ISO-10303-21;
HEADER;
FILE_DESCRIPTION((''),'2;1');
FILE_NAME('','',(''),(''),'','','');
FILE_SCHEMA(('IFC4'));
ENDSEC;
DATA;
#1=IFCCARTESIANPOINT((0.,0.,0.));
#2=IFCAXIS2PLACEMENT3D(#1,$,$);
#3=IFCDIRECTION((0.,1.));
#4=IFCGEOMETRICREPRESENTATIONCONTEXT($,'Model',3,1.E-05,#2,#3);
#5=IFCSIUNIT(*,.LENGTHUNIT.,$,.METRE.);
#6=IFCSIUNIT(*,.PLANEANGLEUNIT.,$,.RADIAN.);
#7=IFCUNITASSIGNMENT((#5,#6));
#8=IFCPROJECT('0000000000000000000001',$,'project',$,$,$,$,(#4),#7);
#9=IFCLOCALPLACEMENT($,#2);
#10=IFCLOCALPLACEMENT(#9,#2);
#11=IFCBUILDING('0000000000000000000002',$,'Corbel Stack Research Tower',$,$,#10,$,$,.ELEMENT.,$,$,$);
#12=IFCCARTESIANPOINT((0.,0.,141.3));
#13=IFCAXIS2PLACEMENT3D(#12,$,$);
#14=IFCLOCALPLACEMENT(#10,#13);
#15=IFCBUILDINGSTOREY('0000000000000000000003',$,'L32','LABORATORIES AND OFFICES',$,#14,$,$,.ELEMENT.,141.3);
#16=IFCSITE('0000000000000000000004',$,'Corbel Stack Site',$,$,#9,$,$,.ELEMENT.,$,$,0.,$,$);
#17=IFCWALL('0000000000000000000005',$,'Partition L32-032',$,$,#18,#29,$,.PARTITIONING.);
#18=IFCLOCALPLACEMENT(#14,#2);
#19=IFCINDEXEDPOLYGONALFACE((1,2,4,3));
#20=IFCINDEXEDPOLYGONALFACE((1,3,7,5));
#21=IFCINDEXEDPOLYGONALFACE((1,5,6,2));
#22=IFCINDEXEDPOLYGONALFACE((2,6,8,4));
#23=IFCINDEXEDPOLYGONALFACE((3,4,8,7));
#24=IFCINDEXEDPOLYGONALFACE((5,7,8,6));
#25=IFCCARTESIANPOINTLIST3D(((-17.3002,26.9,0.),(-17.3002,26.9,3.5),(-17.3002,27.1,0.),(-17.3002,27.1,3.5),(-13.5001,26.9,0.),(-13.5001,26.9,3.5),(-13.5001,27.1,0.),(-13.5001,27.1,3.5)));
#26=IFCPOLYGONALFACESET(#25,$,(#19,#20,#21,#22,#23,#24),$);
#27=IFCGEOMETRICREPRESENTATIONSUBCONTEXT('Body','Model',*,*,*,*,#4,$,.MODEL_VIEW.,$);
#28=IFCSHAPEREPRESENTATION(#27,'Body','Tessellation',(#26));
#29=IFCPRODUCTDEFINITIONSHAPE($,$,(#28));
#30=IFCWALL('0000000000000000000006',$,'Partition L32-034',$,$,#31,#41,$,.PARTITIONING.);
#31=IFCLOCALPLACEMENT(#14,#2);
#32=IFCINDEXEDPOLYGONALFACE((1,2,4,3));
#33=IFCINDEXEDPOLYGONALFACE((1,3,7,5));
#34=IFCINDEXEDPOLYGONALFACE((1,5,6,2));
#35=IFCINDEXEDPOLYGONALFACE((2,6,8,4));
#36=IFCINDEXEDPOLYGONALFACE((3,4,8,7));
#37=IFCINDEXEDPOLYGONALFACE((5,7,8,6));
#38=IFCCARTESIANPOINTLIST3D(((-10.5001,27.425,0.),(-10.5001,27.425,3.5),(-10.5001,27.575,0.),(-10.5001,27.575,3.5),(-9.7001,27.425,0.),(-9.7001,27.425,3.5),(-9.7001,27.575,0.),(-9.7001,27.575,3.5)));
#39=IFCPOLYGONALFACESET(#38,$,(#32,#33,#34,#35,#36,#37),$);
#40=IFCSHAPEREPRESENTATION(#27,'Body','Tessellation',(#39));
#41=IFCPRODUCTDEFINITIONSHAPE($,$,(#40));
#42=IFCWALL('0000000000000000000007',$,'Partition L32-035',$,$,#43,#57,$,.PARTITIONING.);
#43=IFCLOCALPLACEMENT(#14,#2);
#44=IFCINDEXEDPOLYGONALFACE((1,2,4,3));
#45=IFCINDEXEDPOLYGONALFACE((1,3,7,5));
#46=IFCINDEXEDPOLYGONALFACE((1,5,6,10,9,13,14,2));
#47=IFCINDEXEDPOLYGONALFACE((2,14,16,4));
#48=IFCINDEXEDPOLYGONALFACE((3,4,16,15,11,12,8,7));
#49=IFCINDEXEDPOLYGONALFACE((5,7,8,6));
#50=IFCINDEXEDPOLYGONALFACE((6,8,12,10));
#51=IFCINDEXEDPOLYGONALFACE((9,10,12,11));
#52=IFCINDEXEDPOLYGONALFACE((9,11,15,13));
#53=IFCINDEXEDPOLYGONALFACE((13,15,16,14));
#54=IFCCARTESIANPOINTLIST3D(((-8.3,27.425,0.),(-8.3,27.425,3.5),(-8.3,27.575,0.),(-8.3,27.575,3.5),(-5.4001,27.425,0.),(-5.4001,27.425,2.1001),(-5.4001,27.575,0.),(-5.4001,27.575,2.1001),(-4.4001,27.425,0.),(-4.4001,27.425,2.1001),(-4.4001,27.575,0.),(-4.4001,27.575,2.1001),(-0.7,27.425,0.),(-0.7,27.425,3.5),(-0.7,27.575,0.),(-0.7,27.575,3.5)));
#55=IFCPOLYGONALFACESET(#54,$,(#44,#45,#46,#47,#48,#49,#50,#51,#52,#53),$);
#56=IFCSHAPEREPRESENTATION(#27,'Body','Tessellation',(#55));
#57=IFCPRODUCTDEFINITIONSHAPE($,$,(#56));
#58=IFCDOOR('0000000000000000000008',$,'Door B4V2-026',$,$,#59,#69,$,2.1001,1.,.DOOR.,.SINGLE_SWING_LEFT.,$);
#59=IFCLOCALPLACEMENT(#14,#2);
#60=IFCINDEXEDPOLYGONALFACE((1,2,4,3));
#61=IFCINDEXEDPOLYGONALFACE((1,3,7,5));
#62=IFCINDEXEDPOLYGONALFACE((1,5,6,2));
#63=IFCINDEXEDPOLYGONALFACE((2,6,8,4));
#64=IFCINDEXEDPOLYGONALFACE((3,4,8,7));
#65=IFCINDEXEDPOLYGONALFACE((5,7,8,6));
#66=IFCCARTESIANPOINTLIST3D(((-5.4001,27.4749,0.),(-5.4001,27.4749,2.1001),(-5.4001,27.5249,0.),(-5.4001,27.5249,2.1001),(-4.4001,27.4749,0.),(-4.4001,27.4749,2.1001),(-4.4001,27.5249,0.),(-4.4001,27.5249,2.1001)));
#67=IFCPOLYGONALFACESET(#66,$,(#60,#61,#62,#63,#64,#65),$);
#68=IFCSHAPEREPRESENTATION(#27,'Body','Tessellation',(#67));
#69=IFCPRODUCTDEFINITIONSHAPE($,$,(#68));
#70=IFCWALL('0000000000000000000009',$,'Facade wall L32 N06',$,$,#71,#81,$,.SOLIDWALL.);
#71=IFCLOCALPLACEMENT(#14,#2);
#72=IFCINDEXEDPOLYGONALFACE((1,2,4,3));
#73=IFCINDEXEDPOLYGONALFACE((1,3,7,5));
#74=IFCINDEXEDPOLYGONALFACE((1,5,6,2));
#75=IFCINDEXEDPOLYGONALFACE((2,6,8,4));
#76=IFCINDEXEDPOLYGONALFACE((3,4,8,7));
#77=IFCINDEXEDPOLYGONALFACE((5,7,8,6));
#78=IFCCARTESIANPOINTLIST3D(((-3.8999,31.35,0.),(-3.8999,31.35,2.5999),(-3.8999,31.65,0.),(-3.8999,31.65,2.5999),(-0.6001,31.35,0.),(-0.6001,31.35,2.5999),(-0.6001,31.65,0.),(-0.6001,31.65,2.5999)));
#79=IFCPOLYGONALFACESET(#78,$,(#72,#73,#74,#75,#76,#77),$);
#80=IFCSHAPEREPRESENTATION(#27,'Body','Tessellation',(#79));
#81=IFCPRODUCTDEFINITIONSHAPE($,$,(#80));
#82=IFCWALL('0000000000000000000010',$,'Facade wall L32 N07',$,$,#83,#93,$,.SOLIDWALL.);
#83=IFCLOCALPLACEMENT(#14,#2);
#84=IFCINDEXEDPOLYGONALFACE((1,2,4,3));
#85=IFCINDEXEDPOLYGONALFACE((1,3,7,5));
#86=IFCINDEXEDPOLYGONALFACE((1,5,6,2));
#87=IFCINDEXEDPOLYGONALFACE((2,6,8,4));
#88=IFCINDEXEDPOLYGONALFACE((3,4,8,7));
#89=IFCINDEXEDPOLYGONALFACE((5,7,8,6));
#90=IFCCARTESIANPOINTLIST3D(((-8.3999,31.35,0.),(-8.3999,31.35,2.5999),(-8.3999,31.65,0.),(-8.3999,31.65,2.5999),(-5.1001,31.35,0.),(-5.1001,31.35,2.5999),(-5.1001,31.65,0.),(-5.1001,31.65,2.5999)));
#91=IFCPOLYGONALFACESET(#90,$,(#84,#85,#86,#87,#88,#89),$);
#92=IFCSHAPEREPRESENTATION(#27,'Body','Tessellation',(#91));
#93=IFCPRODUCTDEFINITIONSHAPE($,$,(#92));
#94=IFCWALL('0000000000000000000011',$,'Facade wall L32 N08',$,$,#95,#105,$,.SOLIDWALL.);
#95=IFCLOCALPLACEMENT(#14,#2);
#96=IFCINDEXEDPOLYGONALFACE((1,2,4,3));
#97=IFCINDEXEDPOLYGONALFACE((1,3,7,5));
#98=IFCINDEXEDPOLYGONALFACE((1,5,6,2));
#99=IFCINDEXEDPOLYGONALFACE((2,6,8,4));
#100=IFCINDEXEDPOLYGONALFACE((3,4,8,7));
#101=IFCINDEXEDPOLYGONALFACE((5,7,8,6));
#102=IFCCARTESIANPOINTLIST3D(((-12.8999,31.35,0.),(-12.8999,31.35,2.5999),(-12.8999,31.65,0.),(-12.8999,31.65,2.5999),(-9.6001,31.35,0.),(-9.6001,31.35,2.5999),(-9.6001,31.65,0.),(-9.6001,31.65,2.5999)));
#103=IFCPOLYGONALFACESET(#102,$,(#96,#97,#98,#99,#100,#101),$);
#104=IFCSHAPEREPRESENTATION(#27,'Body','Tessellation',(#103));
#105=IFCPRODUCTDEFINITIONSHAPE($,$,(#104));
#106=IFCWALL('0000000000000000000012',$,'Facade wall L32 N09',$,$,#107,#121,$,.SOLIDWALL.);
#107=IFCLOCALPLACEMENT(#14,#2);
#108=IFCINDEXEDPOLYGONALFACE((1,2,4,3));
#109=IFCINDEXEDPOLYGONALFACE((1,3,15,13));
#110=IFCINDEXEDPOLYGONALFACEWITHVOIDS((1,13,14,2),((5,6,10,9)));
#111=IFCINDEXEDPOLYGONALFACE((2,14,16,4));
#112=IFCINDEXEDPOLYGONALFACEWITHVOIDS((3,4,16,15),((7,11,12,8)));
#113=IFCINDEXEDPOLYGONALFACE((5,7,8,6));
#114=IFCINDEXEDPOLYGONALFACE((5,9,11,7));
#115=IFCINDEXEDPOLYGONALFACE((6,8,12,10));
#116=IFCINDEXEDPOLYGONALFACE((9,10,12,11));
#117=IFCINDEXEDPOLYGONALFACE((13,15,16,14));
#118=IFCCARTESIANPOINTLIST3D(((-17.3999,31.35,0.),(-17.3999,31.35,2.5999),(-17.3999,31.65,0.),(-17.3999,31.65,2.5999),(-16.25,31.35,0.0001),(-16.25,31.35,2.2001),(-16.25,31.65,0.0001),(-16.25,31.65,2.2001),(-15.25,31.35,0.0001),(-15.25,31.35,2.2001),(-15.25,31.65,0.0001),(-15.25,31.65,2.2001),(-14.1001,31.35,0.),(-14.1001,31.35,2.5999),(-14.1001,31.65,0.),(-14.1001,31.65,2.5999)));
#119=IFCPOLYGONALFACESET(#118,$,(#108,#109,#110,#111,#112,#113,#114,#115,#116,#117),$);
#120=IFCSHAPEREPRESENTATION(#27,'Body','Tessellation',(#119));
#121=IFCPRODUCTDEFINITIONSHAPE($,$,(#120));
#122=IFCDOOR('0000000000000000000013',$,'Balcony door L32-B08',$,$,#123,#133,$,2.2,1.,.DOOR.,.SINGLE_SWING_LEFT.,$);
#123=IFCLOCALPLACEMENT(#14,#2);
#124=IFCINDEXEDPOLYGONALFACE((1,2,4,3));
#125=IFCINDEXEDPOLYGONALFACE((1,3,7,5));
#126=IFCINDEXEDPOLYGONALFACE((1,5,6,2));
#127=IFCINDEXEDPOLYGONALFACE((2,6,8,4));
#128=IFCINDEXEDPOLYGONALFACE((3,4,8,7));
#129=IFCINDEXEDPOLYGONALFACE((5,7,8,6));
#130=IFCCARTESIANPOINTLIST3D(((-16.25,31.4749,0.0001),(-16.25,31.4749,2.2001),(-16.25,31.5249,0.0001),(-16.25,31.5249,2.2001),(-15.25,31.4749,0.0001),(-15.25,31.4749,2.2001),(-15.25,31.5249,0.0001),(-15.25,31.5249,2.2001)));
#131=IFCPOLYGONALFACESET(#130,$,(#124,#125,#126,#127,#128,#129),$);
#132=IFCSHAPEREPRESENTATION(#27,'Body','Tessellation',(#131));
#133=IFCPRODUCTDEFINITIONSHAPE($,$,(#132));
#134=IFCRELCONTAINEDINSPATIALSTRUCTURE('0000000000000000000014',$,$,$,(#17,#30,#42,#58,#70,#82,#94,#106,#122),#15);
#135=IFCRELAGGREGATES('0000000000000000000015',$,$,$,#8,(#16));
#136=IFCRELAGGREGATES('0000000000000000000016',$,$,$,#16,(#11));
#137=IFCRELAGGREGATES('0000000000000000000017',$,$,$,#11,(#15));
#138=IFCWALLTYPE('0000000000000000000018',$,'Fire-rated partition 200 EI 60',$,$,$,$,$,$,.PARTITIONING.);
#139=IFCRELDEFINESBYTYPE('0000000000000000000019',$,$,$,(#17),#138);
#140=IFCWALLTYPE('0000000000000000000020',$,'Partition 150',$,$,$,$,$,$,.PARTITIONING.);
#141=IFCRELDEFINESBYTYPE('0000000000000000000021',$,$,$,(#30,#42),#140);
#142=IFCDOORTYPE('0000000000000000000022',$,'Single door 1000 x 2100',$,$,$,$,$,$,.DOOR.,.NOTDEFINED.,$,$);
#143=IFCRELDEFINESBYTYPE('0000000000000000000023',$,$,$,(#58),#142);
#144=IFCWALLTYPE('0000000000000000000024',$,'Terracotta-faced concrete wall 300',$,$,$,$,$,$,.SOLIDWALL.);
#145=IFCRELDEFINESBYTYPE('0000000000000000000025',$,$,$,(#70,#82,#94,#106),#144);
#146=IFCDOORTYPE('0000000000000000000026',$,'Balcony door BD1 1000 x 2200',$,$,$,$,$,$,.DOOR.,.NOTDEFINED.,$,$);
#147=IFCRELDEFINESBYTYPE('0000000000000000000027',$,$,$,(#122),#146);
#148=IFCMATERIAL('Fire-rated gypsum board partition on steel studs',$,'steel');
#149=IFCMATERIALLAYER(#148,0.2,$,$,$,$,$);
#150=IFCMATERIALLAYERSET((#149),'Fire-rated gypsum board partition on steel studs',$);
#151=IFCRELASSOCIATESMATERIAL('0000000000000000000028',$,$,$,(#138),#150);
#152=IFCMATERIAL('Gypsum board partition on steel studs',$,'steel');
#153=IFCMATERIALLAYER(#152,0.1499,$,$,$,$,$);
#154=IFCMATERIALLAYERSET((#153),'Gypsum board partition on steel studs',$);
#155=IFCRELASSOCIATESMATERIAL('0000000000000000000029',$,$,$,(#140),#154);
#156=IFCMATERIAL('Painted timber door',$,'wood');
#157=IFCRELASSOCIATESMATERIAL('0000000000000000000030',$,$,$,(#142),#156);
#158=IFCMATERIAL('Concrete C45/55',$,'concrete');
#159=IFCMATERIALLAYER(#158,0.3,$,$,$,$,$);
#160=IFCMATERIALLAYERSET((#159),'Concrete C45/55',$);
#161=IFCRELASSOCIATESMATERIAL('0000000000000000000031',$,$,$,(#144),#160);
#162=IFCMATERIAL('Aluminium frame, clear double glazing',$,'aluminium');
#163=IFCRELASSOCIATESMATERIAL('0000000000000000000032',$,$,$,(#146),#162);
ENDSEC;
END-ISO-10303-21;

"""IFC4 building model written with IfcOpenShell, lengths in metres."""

from ifc_helpers import new_model, si_unit, direction, frame, frame_2d, origin, place, context, subcontext, project, spatial, rectangle, extrude, material, layer, layer_set, type_object, element, fill, save


model = new_model("IFC4")

# Units and contexts
model_context = context("Model", 3, precision=1e-05, world=origin(), true_north=direction((0.0, 1.0)))
body_context = subcontext(model_context, "Body", "Model", "MODEL_VIEW")
ifc_project = project(units=[si_unit("LENGTHUNIT", "METRE"), si_unit("PLANEANGLEUNIT", "RADIAN")], contexts=[model_context])

# Site, building, storey
site_placement = place(None, origin())
site = spatial("IfcSite", under=ifc_project, at=site_placement, Name="Corbel Stack Site", CompositionType="ELEMENT", RefElevation=0.0)
building_placement = place(site_placement, origin())
building = spatial("IfcBuilding", under=site, at=building_placement, Name="Corbel Stack Research Tower", CompositionType="ELEMENT")
storey_placement = place(building_placement, frame((0.0, 0.0, 141.3)))
storey = spatial("IfcBuildingStorey", under=building, at=storey_placement, Name="L32", Description="LABORATORIES AND OFFICES", CompositionType="ELEMENT", Elevation=141.3)

# Shared definitions
ifc_material_1 = material(Name="Fire-rated gypsum board partition on steel studs", Category="steel")
ifc_layer_1 = layer(ifc_material_1, 0.2)
ifc_layer_set_1 = layer_set([ifc_layer_1], Name="Fire-rated gypsum board partition on steel studs")
wall_type_1 = type_object("IfcWallType", Name="Fire-rated partition 200 EI 60", PredefinedType="PARTITIONING", material=ifc_layer_set_1)

# Walls
wall_1_placement = place(storey_placement, frame((-17.3, 27.0, 0.0), z_axis=(0.0, 0.0, 1.0), x_axis=(1.0, 0.0, 0.0)))
element("IfcWall", 1, at=wall_1_placement, inside=storey, type_object=wall_type_1, Name="Partition L32-032", PredefinedType="PARTITIONING", context=body_context, shape_type="SweptSolid", body=[
    extrude(rectangle(XDim=3.8, YDim=0.2, at=frame_2d((1.8999, 0.0))), origin(), (0.0, 0.0, 1.0), 3.5),
])
ifc_material_2 = material(Name="Gypsum board partition on steel studs", Category="steel")
ifc_layer_2 = layer(ifc_material_2, 0.1499)
ifc_layer_set_2 = layer_set([ifc_layer_2], Name="Gypsum board partition on steel studs")
wall_type_2 = type_object("IfcWallType", Name="Partition 150", PredefinedType="PARTITIONING", material=ifc_layer_set_2)
wall_2_placement = place(storey_placement, frame((-10.5, 27.5, 0.0), z_axis=(0.0, 0.0, 1.0), x_axis=(1.0, 0.0, 0.0)))
element("IfcWall", 2, at=wall_2_placement, inside=storey, type_object=wall_type_2, Name="Partition L32-034", PredefinedType="PARTITIONING", context=body_context, shape_type="SweptSolid", body=[
    extrude(rectangle(XDim=0.8, YDim=0.1499, at=frame_2d((0.3999, 0.0))), origin(), (0.0, 0.0, 1.0), 3.5),
])

# Wall, opening, door
wall_3_placement = place(storey_placement, frame((-8.3, 27.5, 0.0), z_axis=(0.0, 0.0, 1.0), x_axis=(1.0, 0.0, 0.0)))
wall_3 = element("IfcWall", 3, at=wall_3_placement, inside=storey, type_object=wall_type_2, Name="Partition L32-035", PredefinedType="PARTITIONING", context=body_context, shape_type="SweptSolid", body=[
    extrude(rectangle(XDim=7.6001, YDim=0.1499, at=frame_2d((3.8, 0.0))), origin(), (0.0, 0.0, 1.0), 3.5),
])
opening_1_placement = place(wall_3_placement, frame((2.8999, 0.0, 0.0)))
opening_1 = element("IfcOpeningElement", 4, at=opening_1_placement, cuts=wall_3, PredefinedType="OPENING", context=body_context, shape_type="SweptSolid", body=[
    extrude(rectangle(XDim=1.0, YDim=2.1001, at=frame_2d((0.5, 1.05))), frame((0.0, 0.085, 0.0), z_axis=(0.0, -1.0, 0.0), x_axis=(1.0, 0.0, 0.0)), (0.0, 0.0, 1.0), 0.1699),
])
ifc_material_3 = material(Name="Painted timber door", Category="wood")
door_type_1 = type_object("IfcDoorType", Name="Single door 1000 x 2100", OperationType="NOTDEFINED", PredefinedType="DOOR", material=ifc_material_3)
door_1_placement = place(opening_1_placement, origin())
door_1 = element("IfcDoor", 5, at=door_1_placement, inside=storey, type_object=door_type_1, Name="Door B4V2-026", OperationType="SINGLE_SWING_LEFT", OverallHeight=2.1001, OverallWidth=1.0, PredefinedType="DOOR", context=body_context, shape_type="SweptSolid", body=[
    extrude(rectangle(XDim=1.0, YDim=2.1001, at=frame_2d((0.5, 1.05))), frame((0.0, 0.0249, 0.0), z_axis=(0.0, -1.0, 0.0), x_axis=(1.0, 0.0, 0.0)), (0.0, 0.0, 1.0), 0.05),
])
fill(opening_1, door_1)

# Walls
ifc_material_4 = material(Name="Concrete C45/55", Category="concrete")
ifc_layer_3 = layer(ifc_material_4, 0.3)
ifc_layer_set_3 = layer_set([ifc_layer_3], Name="Concrete C45/55")
wall_type_3 = type_object("IfcWallType", Name="Terracotta-faced concrete wall 300", PredefinedType="SOLIDWALL", material=ifc_layer_set_3)
for number, where, z_axis, x_axis, name in (
    (6, (-3.8999, 31.5, 0.0), (0.0, 0.0, 1.0), (1.0, 0.0, 0.0), "Facade wall L32 N06"),
    (7, (-8.3999, 31.5, 0.0), (0.0, 0.0, 1.0), (1.0, 0.0, 0.0), "Facade wall L32 N07"),
    (8, (-12.8999, 31.5, 0.0), (0.0, 0.0, 1.0), (1.0, 0.0, 0.0), "Facade wall L32 N08"),
):
    element("IfcWall", number, at=place(storey_placement, frame(where, z_axis=z_axis, x_axis=x_axis)), inside=storey, type_object=wall_type_3, Name=name, PredefinedType="SOLIDWALL", context=body_context, shape_type="SweptSolid", body=[
        extrude(rectangle(XDim=3.2998, YDim=0.3, at=frame_2d((1.6499, 0.0))), origin(), (0.0, 0.0, 1.0), 2.5999),
    ])

# Wall, opening, door
wall_4_placement = place(storey_placement, frame((-17.3999, 31.5, 0.0), z_axis=(0.0, 0.0, 1.0), x_axis=(1.0, 0.0, 0.0)))
wall_4 = element("IfcWall", 9, at=wall_4_placement, inside=storey, type_object=wall_type_3, Name="Facade wall L32 N09", PredefinedType="SOLIDWALL", context=body_context, shape_type="SweptSolid", body=[
    extrude(rectangle(XDim=3.2998, YDim=0.3, at=frame_2d((1.6499, 0.0))), origin(), (0.0, 0.0, 1.0), 2.5999),
])
opening_2_placement = place(wall_4_placement, frame((1.1499, 0.0, 0.0)))
opening_2 = element("IfcOpeningElement", 10, at=opening_2_placement, cuts=wall_4, PredefinedType="OPENING", context=body_context, shape_type="SweptSolid", body=[
    extrude(rectangle(XDim=1.0, YDim=2.2, at=frame_2d((0.5, 1.1001))), frame((0.0, 0.1599, 0.0), z_axis=(0.0, -1.0, 0.0), x_axis=(1.0, 0.0, 0.0)), (0.0, 0.0, 1.0), 0.3201),
])
ifc_material_5 = material(Name="Aluminium frame, clear double glazing", Category="aluminium")
door_type_2 = type_object("IfcDoorType", Name="Balcony door BD1 1000 x 2200", OperationType="NOTDEFINED", PredefinedType="DOOR", material=ifc_material_5)
door_2_placement = place(opening_2_placement, origin())
door_2 = element("IfcDoor", 11, at=door_2_placement, inside=storey, type_object=door_type_2, Name="Balcony door L32-B08", OperationType="SINGLE_SWING_LEFT", OverallHeight=2.2, OverallWidth=1.0, PredefinedType="DOOR", context=body_context, shape_type="SweptSolid", body=[
    extrude(rectangle(XDim=1.0, YDim=2.2, at=frame_2d((0.5, 1.1001))), frame((0.0, 0.0249, 0.0), z_axis=(0.0, -1.0, 0.0), x_axis=(1.0, 0.0, 0.0)), (0.0, 0.0, 1.0), 0.05),
])
fill(opening_2, door_2)

save(model, "model.ifc")
